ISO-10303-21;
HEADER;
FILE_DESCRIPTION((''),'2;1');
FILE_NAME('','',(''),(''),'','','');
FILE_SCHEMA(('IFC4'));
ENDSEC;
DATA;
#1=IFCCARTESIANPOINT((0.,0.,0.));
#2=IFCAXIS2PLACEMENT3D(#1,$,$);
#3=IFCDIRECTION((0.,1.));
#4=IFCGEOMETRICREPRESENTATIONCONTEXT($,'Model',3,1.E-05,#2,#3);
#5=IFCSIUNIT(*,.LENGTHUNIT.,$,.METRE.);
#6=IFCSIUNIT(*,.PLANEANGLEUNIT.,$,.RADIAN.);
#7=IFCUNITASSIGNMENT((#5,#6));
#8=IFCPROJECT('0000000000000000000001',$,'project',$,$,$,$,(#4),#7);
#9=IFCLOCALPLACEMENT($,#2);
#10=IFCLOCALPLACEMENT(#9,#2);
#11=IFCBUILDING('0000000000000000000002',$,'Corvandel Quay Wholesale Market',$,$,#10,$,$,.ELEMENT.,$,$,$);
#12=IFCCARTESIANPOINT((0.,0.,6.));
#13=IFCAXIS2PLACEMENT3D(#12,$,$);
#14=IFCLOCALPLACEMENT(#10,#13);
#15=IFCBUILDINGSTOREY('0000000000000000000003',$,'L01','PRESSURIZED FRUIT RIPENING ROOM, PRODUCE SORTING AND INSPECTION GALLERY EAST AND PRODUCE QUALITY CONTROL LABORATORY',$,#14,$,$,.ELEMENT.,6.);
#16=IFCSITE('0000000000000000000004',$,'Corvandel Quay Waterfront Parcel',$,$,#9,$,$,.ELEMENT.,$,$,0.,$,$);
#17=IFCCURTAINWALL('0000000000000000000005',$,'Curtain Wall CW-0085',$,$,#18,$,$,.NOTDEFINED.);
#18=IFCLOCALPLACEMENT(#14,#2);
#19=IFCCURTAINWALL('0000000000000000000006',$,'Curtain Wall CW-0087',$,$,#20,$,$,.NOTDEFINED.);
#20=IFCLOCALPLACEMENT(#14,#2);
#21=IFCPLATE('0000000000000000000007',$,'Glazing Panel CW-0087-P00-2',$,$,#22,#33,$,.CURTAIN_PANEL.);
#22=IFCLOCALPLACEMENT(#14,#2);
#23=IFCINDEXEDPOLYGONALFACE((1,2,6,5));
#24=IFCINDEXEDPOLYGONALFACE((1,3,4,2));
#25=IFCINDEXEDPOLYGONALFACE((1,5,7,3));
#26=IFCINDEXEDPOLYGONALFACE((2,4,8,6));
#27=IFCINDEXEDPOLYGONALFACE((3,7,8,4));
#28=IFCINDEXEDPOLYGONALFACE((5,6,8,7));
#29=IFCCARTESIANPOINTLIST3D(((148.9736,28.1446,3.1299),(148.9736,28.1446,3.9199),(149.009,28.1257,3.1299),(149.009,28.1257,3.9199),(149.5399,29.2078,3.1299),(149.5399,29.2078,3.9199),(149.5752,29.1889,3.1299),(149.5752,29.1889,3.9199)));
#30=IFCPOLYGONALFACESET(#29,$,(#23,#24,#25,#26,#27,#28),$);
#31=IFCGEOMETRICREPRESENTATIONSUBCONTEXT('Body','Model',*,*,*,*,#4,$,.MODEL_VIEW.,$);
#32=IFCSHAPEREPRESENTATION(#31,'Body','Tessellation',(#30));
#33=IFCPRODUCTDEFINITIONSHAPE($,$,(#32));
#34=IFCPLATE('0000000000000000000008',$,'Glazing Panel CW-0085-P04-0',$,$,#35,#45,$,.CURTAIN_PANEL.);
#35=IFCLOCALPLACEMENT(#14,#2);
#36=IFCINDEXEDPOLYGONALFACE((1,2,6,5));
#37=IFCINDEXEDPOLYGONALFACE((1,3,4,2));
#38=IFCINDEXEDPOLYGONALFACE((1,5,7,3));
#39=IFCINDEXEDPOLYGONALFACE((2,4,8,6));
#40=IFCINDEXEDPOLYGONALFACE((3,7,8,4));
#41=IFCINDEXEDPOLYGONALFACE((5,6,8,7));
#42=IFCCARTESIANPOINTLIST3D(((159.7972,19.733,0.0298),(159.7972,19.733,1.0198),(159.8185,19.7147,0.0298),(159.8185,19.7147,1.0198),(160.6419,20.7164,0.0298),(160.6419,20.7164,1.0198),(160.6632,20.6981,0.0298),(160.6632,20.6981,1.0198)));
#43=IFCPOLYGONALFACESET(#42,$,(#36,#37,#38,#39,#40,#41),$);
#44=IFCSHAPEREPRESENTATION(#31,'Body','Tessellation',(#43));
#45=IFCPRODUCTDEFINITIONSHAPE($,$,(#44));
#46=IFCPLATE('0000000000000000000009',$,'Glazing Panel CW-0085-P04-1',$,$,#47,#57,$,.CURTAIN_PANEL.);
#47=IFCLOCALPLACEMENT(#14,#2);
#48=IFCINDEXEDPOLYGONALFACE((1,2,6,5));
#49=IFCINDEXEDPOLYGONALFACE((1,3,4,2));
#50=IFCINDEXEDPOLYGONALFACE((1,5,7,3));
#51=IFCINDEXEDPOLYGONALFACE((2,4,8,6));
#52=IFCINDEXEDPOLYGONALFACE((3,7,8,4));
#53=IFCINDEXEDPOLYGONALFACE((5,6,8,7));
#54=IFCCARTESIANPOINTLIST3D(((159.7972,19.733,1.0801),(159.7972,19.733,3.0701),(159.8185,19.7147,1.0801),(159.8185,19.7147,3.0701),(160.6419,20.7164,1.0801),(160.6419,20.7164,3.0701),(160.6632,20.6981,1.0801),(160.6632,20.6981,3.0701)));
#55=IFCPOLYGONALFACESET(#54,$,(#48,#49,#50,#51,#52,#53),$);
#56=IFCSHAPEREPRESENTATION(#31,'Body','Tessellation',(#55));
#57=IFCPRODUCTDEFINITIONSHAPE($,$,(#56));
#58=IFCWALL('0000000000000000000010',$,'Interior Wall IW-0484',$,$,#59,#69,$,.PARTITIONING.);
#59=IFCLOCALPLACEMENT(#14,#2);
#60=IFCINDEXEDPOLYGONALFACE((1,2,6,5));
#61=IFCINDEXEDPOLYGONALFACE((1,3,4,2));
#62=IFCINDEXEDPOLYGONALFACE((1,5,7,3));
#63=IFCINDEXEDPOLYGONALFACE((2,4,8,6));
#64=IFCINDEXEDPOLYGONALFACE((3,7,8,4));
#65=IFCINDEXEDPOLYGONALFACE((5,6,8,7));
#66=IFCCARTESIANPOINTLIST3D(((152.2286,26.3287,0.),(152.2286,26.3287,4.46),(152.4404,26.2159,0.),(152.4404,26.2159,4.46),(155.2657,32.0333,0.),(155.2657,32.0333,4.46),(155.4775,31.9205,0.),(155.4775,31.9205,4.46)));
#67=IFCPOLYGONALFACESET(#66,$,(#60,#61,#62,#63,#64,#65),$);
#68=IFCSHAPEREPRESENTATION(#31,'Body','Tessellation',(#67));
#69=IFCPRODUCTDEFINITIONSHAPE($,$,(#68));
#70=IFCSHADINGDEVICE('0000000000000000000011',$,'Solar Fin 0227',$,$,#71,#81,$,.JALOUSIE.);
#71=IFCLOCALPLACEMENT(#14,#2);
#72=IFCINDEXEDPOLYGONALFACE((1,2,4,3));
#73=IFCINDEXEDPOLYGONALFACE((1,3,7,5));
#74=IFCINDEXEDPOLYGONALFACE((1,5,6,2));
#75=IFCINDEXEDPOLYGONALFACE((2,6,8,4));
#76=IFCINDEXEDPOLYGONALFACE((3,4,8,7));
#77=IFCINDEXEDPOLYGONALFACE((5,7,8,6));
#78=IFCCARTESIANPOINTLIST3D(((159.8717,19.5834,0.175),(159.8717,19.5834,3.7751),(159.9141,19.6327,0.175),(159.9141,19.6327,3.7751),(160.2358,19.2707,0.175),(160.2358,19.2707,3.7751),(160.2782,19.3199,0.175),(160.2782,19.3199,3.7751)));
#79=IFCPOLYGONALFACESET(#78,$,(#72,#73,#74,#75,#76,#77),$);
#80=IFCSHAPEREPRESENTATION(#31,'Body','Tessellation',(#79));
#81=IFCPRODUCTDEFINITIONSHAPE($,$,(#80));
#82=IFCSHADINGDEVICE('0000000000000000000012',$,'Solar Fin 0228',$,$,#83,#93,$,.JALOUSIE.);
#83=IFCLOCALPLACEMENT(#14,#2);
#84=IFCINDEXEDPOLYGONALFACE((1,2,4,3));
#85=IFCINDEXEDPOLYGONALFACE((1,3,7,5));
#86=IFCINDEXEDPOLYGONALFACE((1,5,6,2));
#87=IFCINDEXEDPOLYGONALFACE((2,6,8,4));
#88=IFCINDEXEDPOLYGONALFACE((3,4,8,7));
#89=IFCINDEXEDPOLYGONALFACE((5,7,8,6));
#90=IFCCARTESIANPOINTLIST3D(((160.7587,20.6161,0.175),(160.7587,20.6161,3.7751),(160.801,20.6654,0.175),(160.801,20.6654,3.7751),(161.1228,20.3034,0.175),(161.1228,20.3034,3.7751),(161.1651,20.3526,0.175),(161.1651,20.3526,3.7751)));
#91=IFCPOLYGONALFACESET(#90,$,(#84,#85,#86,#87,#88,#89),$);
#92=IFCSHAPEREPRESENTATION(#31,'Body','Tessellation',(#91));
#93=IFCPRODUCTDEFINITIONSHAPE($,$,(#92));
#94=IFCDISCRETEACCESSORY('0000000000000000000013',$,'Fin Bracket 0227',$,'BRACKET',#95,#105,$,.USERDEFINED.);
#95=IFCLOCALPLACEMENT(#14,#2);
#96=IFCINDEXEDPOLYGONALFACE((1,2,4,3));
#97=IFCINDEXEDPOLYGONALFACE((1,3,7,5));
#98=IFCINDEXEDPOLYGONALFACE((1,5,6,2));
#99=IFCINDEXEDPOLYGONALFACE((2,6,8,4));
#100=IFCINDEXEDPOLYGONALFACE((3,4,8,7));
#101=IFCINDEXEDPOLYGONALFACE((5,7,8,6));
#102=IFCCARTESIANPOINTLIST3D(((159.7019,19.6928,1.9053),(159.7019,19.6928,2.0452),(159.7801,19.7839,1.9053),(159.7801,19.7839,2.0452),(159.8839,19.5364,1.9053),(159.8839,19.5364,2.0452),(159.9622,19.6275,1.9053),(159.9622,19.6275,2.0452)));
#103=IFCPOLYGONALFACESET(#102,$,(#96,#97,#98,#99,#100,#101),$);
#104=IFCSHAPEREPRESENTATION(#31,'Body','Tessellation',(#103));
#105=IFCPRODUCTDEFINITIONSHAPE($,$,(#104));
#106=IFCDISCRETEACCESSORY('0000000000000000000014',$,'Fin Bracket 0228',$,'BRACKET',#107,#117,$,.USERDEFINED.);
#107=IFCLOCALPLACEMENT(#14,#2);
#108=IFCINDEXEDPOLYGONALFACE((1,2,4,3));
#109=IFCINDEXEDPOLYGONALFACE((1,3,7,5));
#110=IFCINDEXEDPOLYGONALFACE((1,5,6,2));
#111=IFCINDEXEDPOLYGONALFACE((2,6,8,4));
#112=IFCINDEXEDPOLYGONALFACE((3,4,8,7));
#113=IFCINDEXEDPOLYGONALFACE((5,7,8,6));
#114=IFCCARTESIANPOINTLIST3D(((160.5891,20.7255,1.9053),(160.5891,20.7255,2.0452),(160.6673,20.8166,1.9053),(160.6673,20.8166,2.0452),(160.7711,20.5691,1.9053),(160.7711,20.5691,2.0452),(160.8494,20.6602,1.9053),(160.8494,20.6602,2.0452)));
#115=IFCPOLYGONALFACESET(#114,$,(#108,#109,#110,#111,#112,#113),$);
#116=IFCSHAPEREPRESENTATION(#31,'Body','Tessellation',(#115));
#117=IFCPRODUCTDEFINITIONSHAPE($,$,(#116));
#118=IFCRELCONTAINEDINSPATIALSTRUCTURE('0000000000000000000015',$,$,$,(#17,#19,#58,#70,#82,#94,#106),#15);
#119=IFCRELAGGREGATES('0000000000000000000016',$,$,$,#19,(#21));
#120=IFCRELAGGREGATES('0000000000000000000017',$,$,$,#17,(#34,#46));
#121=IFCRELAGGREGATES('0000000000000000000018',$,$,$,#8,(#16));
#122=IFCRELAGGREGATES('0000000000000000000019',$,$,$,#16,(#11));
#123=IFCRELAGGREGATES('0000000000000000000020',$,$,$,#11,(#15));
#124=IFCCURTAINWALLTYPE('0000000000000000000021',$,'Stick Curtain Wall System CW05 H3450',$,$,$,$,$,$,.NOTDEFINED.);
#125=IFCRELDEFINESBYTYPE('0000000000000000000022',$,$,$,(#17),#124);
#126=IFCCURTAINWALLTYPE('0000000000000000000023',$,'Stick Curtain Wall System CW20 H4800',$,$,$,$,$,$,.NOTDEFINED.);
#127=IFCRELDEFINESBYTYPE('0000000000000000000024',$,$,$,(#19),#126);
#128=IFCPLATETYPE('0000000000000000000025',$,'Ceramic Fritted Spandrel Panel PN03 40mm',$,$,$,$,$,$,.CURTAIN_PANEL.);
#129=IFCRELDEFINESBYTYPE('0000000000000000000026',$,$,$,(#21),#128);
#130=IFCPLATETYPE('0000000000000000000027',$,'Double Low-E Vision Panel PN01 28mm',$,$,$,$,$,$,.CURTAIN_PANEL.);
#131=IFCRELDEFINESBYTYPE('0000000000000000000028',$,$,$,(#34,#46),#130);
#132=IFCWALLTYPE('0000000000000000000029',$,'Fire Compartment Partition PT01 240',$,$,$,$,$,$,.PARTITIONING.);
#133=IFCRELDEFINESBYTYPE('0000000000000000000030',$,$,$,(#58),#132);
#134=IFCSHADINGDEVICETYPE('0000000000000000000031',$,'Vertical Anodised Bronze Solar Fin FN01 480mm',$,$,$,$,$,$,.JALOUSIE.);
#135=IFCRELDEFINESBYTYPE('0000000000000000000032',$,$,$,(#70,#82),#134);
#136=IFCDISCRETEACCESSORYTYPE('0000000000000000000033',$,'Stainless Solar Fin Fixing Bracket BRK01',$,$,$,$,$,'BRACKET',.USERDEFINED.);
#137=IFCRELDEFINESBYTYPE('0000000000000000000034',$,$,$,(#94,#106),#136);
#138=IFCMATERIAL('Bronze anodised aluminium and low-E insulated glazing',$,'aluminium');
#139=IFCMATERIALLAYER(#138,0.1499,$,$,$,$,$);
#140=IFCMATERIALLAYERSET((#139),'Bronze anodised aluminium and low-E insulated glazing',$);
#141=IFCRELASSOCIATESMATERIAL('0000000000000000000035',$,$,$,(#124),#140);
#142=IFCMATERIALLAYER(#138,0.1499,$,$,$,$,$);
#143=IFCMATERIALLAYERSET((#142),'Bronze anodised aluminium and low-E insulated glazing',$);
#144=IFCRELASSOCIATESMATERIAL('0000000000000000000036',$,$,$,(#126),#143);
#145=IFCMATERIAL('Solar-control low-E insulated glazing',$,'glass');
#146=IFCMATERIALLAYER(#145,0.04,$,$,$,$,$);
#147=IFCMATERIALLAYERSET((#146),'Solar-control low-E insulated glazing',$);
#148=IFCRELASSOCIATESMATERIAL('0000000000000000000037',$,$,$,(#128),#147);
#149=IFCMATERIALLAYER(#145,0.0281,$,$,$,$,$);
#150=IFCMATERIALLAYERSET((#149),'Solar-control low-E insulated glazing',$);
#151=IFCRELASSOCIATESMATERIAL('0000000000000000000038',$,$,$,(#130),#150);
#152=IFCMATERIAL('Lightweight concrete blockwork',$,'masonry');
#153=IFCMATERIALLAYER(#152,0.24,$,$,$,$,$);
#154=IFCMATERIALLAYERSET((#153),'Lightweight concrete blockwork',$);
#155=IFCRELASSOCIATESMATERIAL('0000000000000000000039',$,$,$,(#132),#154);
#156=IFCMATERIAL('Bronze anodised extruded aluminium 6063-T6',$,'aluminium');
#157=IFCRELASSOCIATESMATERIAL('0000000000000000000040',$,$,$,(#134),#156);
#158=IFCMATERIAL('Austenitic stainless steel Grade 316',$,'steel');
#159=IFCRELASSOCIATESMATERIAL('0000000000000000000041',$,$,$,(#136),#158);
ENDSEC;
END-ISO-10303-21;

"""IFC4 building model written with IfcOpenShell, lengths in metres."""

from ifc_helpers import new_model, si_unit, direction, frame, frame_2d, origin, origin_2d, place, context, subcontext, project, spatial, rectangle, extrude, material, layer, layer_set, type_object, element, aggregate, save


model = new_model("IFC4")

# Units and contexts
model_context = context("Model", 3, precision=1e-05, world=origin(), true_north=direction((0.0, 1.0)))
body_context = subcontext(model_context, "Body", "Model", "MODEL_VIEW")
ifc_project = project(units=[si_unit("LENGTHUNIT", "METRE"), si_unit("PLANEANGLEUNIT", "RADIAN")], contexts=[model_context])

# Site, building, storey
site_placement = place(None, origin())
site = spatial("IfcSite", under=ifc_project, at=site_placement, Name="Corvandel Quay Waterfront Parcel", CompositionType="ELEMENT", RefElevation=0.0)
building_placement = place(site_placement, origin())
building = spatial("IfcBuilding", under=site, at=building_placement, Name="Corvandel Quay Wholesale Market", CompositionType="ELEMENT")
storey_placement = place(building_placement, frame((0.0, 0.0, 6.0)))
storey = spatial("IfcBuildingStorey", under=building, at=storey_placement, Name="L01", Description="PRESSURIZED FRUIT RIPENING ROOM, PRODUCE SORTING AND INSPECTION GALLERY EAST AND PRODUCE QUALITY CONTROL LABORATORY", CompositionType="ELEMENT", Elevation=6.0)

# Curtain wall
ifc_material_1 = material(Name="Bronze anodised aluminium and low-E insulated glazing", Category="aluminium")
ifc_layer_1 = layer(ifc_material_1, 0.1499)
ifc_layer_set_1 = layer_set([ifc_layer_1], Name="Bronze anodised aluminium and low-E insulated glazing")
curtain_wall_type_1 = type_object("IfcCurtainWallType", Name="Stick Curtain Wall System CW05 H3450", PredefinedType="NOTDEFINED", material=ifc_layer_set_1)
curtain_wall_1_placement = place(storey_placement, origin())
curtain_wall_1 = element("IfcCurtainWall", 1, at=curtain_wall_1_placement, inside=storey, type_object=curtain_wall_type_1, Name="Curtain Wall CW-0085", PredefinedType="NOTDEFINED")

# Curtain wall
ifc_layer_2 = layer(ifc_material_1, 0.1499)
ifc_layer_set_2 = layer_set([ifc_layer_2], Name="Bronze anodised aluminium and low-E insulated glazing")
curtain_wall_type_2 = type_object("IfcCurtainWallType", Name="Stick Curtain Wall System CW20 H4800", PredefinedType="NOTDEFINED", material=ifc_layer_set_2)
curtain_wall_2_placement = place(storey_placement, origin())
curtain_wall_2 = element("IfcCurtainWall", 2, at=curtain_wall_2_placement, inside=storey, type_object=curtain_wall_type_2, Name="Curtain Wall CW-0087", PredefinedType="NOTDEFINED")

# Plates
ifc_material_2 = material(Name="Solar-control low-E insulated glazing", Category="glass")
ifc_layer_3 = layer(ifc_material_2, 0.04)
ifc_layer_set_3 = layer_set([ifc_layer_3], Name="Solar-control low-E insulated glazing")
plate_type_1 = type_object("IfcPlateType", Name="Ceramic Fritted Spandrel Panel PN03 40mm", PredefinedType="CURTAIN_PANEL", material=ifc_layer_set_3)
plate_1_placement = place(storey_placement, frame((149.2744, 28.6667, 3.1299), z_axis=(0.0, 0.0, 1.0), x_axis=(0.470088, 0.88262, 0.0)))
plate_1 = element("IfcPlate", 3, at=plate_1_placement, type_object=plate_type_1, Name="Glazing Panel CW-0087-P00-2", PredefinedType="CURTAIN_PANEL", context=body_context, shape_type="SweptSolid", body=[
    extrude(rectangle(XDim=1.2046, YDim=0.04, at=origin_2d()), origin(), (0.0, 0.0, 1.0), 0.79),
])
aggregate(curtain_wall_2, [plate_1])
ifc_layer_4 = layer(ifc_material_2, 0.0281)
ifc_layer_set_4 = layer_set([ifc_layer_4], Name="Solar-control low-E insulated glazing")
plate_type_2 = type_object("IfcPlateType", Name="Double Low-E Vision Panel PN01 28mm", PredefinedType="CURTAIN_PANEL", material=ifc_layer_set_4)
plate_2_placement = place(storey_placement, frame((160.2302, 20.2156, 0.0298), z_axis=(0.0, 0.0, 1.0), x_axis=(0.651569, 0.758589, 0.0)))
plate_2 = element("IfcPlate", 4, at=plate_2_placement, type_object=plate_type_2, Name="Glazing Panel CW-0085-P04-0", PredefinedType="CURTAIN_PANEL", context=body_context, shape_type="SweptSolid", body=[
    extrude(rectangle(XDim=1.2964, YDim=0.0281, at=origin_2d()), origin(), (0.0, 0.0, 1.0), 0.99),
])
plate_3_placement = place(storey_placement, frame((160.2302, 20.2156, 1.0801), z_axis=(0.0, 0.0, 1.0), x_axis=(0.651569, 0.758589, 0.0)))
plate_3 = element("IfcPlate", 5, at=plate_3_placement, type_object=plate_type_2, Name="Glazing Panel CW-0085-P04-1", PredefinedType="CURTAIN_PANEL", context=body_context, shape_type="SweptSolid", body=[
    extrude(rectangle(XDim=1.2964, YDim=0.0281, at=origin_2d()), origin(), (0.0, 0.0, 1.0), 1.99),
])
aggregate(curtain_wall_1, [plate_2, plate_3])

# Wall
ifc_material_3 = material(Name="Lightweight concrete blockwork", Category="masonry")
ifc_layer_5 = layer(ifc_material_3, 0.24)
ifc_layer_set_5 = layer_set([ifc_layer_5], Name="Lightweight concrete blockwork")
wall_type = type_object("IfcWallType", Name="Fire Compartment Partition PT01 240", PredefinedType="PARTITIONING", material=ifc_layer_set_5)
wall_placement = place(storey_placement, frame((152.3345, 26.2722, 0.0), z_axis=(0.0, 0.0, 1.0), x_axis=(0.469945, 0.882696, 0.0)))
element("IfcWall", 6, at=wall_placement, inside=storey, type_object=wall_type, Name="Interior Wall IW-0484", PredefinedType="PARTITIONING", context=body_context, shape_type="SweptSolid", body=[
    extrude(rectangle(XDim=6.4626, YDim=0.24, at=frame_2d((3.2314, 0.0))), origin(), (0.0, 0.0, 1.0), 4.46),
])

# Shading devices
ifc_material_4 = material(Name="Bronze anodised extruded aluminium 6063-T6", Category="aluminium")
shading_device_type = type_object("IfcShadingDeviceType", Name="Vertical Anodised Bronze Solar Fin FN01 480mm", PredefinedType="JALOUSIE", material=ifc_material_4)
for number, where, z_axis, x_axis, name in (
    (7, (160.075, 19.4517, 0.175), (0.0, 0.0, 1.0), (-0.758589, 0.651569, 0.0), "Solar Fin 0227"),
    (8, (160.9619, 20.4844, 0.175), (0.0, 0.0, 1.0), (-0.758589, 0.651569, 0.0), "Solar Fin 0228"),
):
    element("IfcShadingDevice", number, at=place(storey_placement, frame(where, z_axis=z_axis, x_axis=x_axis)), inside=storey, type_object=shading_device_type, Name=name, PredefinedType="JALOUSIE", context=body_context, shape_type="SweptSolid", body=[
        extrude(rectangle(XDim=0.48, YDim=0.0649, at=origin_2d()), origin(), (0.0, 0.0, 1.0), 3.6001),
    ])

# Discrete accessories
ifc_material_5 = material(Name="Austenitic stainless steel Grade 316", Category="steel")
discrete_accessory_type = type_object("IfcDiscreteAccessoryType", Name="Stainless Solar Fin Fixing Bracket BRK01", ElementType="BRACKET", PredefinedType="USERDEFINED", material=ifc_material_5)
for number, where, z_axis, x_axis, name in (
    (9, (159.832, 19.6602, 1.9053), (0.0, 0.0, 1.0), (-0.758589, 0.651569, 0.0), "Fin Bracket 0227"),
    (10, (160.7192, 20.6929, 1.9053), (0.0, 0.0, 1.0), (-0.758589, 0.651569, 0.0), "Fin Bracket 0228"),
):
    element("IfcDiscreteAccessory", number, at=place(storey_placement, frame(where, z_axis=z_axis, x_axis=x_axis)), inside=storey, type_object=discrete_accessory_type, Name=name, ObjectType="BRACKET", PredefinedType="USERDEFINED", context=body_context, shape_type="SweptSolid", body=[
        extrude(rectangle(XDim=0.24, YDim=0.1201, at=origin_2d()), origin(), (0.0, 0.0, 1.0), 0.1399),
    ])

save(model, "model.ifc")
